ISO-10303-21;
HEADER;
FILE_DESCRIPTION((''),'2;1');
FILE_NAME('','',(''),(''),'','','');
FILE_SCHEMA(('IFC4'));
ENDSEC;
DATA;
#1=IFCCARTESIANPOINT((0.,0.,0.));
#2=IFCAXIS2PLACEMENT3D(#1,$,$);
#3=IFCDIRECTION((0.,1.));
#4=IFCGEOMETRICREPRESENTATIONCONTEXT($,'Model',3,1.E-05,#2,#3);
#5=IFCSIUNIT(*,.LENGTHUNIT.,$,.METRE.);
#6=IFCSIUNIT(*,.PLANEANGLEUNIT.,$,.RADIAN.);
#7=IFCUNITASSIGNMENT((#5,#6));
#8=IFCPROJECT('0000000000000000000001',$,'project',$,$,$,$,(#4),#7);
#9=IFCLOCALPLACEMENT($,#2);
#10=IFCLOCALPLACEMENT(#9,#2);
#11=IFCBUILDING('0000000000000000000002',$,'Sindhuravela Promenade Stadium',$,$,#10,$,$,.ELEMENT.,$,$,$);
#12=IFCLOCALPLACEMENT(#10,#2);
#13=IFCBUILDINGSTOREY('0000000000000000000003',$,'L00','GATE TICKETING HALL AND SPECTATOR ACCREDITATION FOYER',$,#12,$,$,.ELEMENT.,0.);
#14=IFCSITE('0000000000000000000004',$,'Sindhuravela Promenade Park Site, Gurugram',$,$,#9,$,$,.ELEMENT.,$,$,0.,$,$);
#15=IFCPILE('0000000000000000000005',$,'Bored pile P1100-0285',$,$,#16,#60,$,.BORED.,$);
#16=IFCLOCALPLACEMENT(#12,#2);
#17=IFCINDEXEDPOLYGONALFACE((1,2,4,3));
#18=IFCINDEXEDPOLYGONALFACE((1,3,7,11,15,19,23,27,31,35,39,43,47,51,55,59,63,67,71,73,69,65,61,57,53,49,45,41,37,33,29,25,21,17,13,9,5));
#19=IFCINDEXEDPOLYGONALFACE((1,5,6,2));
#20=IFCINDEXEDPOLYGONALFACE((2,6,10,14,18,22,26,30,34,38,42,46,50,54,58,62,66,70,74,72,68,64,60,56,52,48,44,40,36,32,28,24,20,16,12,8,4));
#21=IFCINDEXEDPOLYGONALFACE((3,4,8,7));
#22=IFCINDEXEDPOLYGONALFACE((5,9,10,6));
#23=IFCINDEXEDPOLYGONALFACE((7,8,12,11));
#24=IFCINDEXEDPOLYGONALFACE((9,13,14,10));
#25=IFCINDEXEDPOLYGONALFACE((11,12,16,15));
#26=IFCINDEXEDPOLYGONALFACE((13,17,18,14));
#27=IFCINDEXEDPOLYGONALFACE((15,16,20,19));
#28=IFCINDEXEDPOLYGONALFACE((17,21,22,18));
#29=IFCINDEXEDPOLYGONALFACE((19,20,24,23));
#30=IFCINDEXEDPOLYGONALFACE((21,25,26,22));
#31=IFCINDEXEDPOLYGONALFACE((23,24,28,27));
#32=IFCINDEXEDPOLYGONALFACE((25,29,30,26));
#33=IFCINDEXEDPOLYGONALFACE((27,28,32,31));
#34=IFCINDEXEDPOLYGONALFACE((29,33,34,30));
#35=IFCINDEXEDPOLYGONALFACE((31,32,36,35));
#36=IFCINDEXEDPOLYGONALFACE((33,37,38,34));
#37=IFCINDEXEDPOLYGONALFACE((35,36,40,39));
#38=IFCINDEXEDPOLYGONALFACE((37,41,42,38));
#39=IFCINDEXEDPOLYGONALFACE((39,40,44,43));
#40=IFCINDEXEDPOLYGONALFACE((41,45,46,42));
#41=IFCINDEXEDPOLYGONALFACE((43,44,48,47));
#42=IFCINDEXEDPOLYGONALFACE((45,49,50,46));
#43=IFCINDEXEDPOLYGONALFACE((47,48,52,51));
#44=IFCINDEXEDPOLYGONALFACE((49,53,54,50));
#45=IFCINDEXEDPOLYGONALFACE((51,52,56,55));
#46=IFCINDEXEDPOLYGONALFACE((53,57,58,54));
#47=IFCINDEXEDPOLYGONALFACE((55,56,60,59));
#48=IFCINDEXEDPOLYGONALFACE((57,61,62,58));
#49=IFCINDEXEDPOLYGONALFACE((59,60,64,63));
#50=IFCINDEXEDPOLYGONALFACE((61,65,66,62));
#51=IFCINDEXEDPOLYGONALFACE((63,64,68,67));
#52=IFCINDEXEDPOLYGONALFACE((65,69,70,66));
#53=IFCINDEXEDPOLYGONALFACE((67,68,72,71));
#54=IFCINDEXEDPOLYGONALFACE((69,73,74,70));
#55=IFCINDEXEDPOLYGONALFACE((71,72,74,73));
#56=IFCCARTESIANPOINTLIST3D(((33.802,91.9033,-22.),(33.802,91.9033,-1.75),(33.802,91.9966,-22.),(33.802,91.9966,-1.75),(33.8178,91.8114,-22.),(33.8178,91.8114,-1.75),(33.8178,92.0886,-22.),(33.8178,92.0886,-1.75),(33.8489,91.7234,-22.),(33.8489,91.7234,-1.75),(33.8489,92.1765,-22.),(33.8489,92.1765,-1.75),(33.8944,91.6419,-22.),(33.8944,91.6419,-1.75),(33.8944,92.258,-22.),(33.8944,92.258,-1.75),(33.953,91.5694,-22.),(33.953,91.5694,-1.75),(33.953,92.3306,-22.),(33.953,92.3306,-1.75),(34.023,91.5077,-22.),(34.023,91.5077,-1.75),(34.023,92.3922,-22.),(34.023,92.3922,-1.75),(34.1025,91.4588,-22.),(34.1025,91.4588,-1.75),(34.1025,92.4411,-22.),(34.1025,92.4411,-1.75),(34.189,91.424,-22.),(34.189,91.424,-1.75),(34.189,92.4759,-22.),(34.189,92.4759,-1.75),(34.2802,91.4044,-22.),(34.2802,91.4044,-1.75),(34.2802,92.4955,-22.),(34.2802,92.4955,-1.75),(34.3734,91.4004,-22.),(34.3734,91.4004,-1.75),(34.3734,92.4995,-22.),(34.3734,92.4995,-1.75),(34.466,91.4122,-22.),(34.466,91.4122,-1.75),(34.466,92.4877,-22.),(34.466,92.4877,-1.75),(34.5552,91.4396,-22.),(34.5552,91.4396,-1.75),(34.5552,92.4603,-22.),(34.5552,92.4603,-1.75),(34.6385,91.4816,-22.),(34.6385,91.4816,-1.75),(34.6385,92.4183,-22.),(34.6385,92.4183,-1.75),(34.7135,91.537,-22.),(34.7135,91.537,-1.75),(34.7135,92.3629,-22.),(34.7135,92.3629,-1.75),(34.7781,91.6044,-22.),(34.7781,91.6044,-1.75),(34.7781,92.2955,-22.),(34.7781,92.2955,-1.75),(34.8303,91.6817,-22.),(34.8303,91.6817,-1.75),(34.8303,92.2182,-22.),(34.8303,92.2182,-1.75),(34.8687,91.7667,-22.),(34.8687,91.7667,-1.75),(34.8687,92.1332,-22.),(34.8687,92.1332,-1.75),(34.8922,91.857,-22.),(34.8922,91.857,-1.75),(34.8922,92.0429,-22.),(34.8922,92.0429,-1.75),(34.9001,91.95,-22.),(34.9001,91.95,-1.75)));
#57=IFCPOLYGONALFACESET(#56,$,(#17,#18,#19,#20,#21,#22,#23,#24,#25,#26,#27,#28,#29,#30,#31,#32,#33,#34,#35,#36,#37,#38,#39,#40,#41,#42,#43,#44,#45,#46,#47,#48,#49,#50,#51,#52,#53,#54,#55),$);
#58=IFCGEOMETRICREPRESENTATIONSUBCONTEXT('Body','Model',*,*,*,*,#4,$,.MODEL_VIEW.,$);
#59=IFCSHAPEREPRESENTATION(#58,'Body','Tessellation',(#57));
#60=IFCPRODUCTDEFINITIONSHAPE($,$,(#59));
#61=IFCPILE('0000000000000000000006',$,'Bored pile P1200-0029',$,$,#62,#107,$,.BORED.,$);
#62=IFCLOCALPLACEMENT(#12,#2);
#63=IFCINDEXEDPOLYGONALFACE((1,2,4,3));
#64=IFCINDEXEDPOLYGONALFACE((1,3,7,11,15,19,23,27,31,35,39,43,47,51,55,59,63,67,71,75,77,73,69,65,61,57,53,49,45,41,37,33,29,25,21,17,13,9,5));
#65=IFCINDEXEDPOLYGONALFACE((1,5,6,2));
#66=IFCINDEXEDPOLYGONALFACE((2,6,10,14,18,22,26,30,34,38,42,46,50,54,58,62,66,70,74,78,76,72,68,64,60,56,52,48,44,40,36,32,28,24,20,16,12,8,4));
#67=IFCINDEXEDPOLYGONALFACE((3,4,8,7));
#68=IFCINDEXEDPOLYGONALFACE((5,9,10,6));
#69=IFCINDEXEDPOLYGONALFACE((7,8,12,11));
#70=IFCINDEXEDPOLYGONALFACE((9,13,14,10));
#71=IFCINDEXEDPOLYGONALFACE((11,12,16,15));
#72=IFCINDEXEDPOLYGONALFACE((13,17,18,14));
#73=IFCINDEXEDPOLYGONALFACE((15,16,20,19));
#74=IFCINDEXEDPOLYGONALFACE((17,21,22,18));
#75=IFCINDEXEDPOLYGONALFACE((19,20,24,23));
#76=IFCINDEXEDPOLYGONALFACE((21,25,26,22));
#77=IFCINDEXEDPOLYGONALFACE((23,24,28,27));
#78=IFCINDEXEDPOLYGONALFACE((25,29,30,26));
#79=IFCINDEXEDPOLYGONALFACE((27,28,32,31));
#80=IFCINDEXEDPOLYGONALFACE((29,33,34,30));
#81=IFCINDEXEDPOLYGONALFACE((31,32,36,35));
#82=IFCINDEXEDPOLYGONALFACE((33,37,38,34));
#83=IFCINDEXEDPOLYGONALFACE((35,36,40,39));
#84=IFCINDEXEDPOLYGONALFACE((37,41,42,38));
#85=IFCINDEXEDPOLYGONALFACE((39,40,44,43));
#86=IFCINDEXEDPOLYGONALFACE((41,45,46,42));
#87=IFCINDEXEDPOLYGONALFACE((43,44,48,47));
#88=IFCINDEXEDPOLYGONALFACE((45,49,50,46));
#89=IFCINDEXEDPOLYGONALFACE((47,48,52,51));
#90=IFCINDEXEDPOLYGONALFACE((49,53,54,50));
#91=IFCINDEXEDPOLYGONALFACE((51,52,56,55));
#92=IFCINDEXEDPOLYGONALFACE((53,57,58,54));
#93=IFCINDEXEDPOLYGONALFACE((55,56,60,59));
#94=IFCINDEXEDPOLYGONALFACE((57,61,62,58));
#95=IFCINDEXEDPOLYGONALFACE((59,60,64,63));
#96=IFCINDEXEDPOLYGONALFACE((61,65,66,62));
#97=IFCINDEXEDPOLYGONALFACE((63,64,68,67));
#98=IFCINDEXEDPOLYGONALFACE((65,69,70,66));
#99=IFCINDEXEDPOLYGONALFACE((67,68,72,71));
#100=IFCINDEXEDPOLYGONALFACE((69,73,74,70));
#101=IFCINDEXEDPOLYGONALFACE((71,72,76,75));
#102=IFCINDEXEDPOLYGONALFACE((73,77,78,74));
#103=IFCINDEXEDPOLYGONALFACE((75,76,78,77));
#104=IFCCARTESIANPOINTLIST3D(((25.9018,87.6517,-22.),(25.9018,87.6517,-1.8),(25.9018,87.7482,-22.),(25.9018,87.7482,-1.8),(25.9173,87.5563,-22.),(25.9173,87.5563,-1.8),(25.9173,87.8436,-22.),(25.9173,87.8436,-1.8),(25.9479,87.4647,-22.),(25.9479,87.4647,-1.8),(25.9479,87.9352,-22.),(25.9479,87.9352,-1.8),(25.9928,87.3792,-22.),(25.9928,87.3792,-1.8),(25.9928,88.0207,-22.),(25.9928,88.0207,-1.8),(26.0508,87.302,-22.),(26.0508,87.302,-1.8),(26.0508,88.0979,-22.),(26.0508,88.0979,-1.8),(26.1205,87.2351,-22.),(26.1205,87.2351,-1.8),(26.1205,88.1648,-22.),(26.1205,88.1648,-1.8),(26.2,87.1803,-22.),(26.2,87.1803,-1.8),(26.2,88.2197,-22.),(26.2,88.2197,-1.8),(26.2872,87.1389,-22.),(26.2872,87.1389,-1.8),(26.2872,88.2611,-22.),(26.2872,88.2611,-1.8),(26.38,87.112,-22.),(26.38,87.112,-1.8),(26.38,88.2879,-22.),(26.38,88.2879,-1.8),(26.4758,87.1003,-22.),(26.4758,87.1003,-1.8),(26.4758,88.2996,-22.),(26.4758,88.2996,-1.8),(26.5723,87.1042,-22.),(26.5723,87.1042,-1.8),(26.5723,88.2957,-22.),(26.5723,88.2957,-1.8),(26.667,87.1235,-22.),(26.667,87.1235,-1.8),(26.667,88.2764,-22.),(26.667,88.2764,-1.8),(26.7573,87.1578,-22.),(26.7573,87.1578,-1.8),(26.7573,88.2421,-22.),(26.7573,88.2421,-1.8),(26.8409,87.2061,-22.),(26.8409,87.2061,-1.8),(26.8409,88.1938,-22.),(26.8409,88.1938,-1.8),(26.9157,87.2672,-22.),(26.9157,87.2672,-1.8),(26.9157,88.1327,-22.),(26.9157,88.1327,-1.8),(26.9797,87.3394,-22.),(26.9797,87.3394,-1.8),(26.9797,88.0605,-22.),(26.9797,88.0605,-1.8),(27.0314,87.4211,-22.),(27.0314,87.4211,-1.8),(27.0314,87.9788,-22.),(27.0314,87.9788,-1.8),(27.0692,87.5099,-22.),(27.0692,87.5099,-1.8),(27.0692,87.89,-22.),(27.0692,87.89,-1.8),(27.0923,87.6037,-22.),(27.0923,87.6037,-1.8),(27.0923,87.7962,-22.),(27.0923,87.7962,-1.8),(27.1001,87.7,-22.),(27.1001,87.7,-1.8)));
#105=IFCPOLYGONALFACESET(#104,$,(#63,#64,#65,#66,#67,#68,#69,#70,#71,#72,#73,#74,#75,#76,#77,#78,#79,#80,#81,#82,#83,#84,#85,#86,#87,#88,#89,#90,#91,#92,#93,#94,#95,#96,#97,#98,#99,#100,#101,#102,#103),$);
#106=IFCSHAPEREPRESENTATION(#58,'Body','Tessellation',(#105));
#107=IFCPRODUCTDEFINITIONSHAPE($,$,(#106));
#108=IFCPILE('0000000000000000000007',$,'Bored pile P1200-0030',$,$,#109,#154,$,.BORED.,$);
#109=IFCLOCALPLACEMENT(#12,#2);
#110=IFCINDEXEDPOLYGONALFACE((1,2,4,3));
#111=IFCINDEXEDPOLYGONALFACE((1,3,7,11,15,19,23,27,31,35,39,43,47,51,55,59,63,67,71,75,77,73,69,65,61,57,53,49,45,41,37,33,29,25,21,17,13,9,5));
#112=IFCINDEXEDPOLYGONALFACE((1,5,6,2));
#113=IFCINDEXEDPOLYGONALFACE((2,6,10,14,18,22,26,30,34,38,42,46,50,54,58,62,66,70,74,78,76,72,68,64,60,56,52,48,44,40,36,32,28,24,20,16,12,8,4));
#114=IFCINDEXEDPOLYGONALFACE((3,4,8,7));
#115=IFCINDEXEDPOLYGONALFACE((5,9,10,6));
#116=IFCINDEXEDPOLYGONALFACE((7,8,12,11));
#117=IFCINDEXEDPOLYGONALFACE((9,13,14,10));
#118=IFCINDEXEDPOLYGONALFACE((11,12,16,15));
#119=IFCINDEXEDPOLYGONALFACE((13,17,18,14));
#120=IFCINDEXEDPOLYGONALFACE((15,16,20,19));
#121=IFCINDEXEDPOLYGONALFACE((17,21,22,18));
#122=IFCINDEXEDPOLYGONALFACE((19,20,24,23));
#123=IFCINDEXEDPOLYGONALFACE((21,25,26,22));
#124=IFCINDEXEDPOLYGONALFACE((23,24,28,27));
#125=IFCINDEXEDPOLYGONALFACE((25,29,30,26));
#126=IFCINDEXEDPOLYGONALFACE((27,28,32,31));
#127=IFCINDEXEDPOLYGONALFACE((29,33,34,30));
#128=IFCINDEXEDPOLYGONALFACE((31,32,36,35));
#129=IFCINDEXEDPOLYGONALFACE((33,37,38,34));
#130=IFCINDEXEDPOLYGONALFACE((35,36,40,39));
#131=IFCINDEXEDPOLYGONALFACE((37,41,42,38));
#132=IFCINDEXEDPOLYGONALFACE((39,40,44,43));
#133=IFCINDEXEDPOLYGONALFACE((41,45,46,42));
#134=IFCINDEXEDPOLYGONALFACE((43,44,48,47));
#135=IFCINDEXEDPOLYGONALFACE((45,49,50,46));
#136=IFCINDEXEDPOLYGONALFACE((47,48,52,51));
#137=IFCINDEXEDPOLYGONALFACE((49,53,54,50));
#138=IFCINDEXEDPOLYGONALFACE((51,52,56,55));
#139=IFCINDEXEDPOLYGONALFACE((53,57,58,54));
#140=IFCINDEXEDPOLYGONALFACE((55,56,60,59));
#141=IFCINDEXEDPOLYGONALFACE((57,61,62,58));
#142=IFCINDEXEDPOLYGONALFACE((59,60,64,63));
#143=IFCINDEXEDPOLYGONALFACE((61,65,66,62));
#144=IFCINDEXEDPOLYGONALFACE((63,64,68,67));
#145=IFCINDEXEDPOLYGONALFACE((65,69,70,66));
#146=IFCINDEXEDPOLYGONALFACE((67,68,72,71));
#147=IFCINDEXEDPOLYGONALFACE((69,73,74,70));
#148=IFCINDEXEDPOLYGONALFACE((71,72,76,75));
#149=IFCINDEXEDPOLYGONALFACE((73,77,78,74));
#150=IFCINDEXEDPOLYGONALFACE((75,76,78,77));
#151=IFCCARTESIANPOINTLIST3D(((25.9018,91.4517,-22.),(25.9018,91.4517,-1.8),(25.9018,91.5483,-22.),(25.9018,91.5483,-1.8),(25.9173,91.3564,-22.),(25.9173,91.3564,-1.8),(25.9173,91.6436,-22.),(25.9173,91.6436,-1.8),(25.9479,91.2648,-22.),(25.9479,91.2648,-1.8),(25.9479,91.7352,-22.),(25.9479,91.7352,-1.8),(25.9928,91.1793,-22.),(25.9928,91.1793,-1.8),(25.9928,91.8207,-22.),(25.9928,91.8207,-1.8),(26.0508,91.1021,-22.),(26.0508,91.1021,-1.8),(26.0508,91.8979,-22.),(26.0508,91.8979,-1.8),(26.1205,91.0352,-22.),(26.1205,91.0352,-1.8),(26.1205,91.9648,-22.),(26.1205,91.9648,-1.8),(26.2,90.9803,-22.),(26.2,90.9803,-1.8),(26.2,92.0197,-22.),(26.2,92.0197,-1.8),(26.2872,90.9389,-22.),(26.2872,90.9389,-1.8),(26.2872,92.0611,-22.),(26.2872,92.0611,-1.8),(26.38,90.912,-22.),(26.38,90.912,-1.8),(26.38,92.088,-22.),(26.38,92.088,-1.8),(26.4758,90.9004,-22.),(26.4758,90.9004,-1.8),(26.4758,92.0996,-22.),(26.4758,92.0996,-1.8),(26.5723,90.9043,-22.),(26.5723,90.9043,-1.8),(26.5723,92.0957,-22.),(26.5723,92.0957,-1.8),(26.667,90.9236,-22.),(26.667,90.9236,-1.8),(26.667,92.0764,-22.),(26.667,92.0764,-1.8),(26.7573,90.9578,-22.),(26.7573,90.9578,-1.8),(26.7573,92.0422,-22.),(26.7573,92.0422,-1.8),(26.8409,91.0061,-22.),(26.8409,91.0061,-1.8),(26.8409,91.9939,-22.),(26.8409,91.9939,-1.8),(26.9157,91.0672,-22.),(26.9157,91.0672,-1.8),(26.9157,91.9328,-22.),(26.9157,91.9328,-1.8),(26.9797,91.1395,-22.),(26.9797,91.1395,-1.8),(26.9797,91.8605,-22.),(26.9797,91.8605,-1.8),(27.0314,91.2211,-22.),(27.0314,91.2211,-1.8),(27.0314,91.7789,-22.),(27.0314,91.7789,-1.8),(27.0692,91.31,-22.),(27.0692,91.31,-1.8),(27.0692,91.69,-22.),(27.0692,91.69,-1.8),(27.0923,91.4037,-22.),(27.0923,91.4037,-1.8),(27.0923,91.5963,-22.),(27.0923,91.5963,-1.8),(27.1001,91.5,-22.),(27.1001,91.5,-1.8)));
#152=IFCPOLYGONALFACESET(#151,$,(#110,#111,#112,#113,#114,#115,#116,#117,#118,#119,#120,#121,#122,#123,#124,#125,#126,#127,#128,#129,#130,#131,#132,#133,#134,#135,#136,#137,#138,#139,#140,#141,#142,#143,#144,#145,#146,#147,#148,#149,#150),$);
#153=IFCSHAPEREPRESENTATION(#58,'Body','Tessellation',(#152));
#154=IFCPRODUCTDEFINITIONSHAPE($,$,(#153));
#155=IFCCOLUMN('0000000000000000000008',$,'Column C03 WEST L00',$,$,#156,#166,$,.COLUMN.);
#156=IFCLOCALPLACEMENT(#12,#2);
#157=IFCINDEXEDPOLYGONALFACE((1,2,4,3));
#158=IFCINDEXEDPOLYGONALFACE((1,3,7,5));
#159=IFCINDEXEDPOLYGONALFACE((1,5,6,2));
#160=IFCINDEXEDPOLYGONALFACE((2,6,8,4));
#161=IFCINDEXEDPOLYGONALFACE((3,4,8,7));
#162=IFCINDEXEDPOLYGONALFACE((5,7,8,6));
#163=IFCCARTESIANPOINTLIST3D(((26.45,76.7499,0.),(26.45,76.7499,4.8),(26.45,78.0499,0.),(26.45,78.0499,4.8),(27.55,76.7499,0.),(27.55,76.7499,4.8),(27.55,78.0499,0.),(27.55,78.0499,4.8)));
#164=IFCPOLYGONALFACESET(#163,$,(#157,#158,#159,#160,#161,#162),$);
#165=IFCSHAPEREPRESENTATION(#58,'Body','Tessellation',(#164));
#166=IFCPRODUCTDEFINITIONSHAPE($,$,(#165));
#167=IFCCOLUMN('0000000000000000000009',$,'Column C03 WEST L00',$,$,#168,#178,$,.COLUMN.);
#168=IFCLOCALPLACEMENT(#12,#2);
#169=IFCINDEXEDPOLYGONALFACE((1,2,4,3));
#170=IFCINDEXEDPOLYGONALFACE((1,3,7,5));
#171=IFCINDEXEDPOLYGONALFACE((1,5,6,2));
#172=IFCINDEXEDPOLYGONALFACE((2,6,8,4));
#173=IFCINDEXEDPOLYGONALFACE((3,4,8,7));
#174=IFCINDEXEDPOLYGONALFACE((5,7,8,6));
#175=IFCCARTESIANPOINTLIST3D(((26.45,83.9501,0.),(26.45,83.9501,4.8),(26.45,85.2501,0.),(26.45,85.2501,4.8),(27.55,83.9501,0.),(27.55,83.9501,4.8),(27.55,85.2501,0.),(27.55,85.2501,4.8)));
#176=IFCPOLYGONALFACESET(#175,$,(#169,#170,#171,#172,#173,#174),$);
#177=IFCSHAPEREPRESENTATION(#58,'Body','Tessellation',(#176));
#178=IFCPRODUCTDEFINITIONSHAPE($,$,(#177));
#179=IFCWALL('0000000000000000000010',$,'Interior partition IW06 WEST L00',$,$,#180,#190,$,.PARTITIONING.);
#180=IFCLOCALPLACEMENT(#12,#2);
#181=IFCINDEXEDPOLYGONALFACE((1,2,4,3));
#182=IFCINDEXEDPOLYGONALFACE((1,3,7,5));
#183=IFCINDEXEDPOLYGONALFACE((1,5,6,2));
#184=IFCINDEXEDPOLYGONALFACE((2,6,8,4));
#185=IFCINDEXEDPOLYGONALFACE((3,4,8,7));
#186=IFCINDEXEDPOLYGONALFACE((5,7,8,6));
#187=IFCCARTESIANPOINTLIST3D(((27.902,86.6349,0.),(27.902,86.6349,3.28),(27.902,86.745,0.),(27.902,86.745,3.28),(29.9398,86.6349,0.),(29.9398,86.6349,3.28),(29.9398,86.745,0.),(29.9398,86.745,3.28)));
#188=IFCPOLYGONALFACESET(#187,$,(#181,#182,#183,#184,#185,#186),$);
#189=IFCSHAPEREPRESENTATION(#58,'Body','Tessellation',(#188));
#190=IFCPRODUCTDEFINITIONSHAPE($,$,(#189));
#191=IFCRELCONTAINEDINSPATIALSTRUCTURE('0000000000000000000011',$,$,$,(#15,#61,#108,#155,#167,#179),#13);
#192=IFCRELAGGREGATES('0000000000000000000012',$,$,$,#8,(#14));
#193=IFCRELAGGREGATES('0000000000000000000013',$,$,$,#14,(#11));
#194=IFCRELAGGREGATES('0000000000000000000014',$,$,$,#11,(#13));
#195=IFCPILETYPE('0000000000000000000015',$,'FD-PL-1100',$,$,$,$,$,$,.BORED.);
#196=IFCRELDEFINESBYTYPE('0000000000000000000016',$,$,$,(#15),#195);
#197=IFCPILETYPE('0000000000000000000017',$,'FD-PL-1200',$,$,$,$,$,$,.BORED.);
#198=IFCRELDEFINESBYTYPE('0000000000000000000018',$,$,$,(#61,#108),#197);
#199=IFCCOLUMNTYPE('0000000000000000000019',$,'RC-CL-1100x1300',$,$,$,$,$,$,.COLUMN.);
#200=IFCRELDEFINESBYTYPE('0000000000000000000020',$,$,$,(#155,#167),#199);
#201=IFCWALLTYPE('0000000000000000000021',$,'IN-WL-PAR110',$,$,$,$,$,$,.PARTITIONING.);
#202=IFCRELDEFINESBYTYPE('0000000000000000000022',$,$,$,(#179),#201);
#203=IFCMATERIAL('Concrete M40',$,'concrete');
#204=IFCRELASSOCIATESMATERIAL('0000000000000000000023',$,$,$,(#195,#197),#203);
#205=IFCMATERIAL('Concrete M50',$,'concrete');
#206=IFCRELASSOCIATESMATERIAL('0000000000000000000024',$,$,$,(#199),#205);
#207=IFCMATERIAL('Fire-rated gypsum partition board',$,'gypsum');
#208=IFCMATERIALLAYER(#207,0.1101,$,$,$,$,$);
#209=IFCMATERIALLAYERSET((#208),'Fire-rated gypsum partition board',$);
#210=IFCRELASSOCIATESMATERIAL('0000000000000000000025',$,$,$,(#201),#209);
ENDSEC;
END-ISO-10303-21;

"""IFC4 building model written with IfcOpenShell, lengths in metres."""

from ifc_helpers import new_model, si_unit, direction, frame, frame_2d, origin, origin_2d, place, context, subcontext, project, spatial, rectangle, circle, extrude, material, layer, layer_set, material_profile, profile_set, type_object, element, save


model = new_model("IFC4")

# Units and contexts
model_context = context("Model", 3, precision=1e-05, world=origin(), true_north=direction((0.0, 1.0)))
body_context = subcontext(model_context, "Body", "Model", "MODEL_VIEW")
ifc_project = project(units=[si_unit("LENGTHUNIT", "METRE"), si_unit("PLANEANGLEUNIT", "RADIAN")], contexts=[model_context])

# Site, building, storey
site_placement = place(None, origin())
site = spatial("IfcSite", under=ifc_project, at=site_placement, Name="Sindhuravela Promenade Park Site, Gurugram", CompositionType="ELEMENT", RefElevation=0.0)
building_placement = place(site_placement, origin())
building = spatial("IfcBuilding", under=site, at=building_placement, Name="Sindhuravela Promenade Stadium", CompositionType="ELEMENT")
storey_placement = place(building_placement, origin())
storey = spatial("IfcBuildingStorey", under=building, at=storey_placement, Name="L00", Description="GATE TICKETING HALL AND SPECTATOR ACCREDITATION FOYER", CompositionType="ELEMENT", Elevation=0.0)

# Shared definitions
ifc_material_1 = material(Name="Concrete M50", Category="concrete")

# Piles
ifc_material_2 = material(Name="Concrete M40", Category="concrete")
ifc_material_profile_1 = material_profile(ifc_material_2, circle(Radius=0.55, at=origin_2d()), Name="BORED PILE D1100")
ifc_profile_set_1 = profile_set([ifc_material_profile_1], Name="Concrete M40")
pile_type_1 = type_object("IfcPileType", Name="FD-PL-1100", PredefinedType="BORED", material=ifc_profile_set_1)
for number, where, z_axis, x_axis, name in (
    (1, (34.3501, 91.95, -1.75), (0.0, 0.0, -1.0), (1.0, 0.0, 0.0), "Bored pile P1100-0285"),
):
    element("IfcPile", number, at=place(storey_placement, frame(where, z_axis=z_axis, x_axis=x_axis)), inside=storey, type_object=pile_type_1, Name=name, PredefinedType="BORED", context=body_context, shape_type="SweptSolid", body=[
        extrude(circle(Radius=0.55, at=origin_2d()), origin(), (0.0, 0.0, 1.0), 20.25),
    ])
ifc_material_profile_2 = material_profile(ifc_material_2, circle(Radius=0.6001, at=origin_2d()), Name="BORED PILE D1200")
ifc_profile_set_2 = profile_set([ifc_material_profile_2], Name="Concrete M40")
pile_type_2 = type_object("IfcPileType", Name="FD-PL-1200", PredefinedType="BORED", material=ifc_profile_set_2)
for number, where, z_axis, x_axis, name in (
    (2, (26.5, 87.7, -1.8), (0.0, 0.0, -1.0), (1.0, 0.0, 0.0), "Bored pile P1200-0029"),
    (3, (26.5, 91.5, -1.8), (0.0, 0.0, -1.0), (1.0, 0.0, 0.0), "Bored pile P1200-0030"),
):
    element("IfcPile", number, at=place(storey_placement, frame(where, z_axis=z_axis, x_axis=x_axis)), inside=storey, type_object=pile_type_2, Name=name, PredefinedType="BORED", context=body_context, shape_type="SweptSolid", body=[
        extrude(circle(Radius=0.6001, at=origin_2d()), origin(), (0.0, 0.0, 1.0), 20.2),
    ])

# Columns
ifc_material_profile_3 = material_profile(ifc_material_1, rectangle(XDim=1.1001, YDim=1.3, at=origin_2d()), Name="RC 1100x1300")
ifc_profile_set_3 = profile_set([ifc_material_profile_3], Name="Concrete M50")
column_type = type_object("IfcColumnType", Name="RC-CL-1100x1300", PredefinedType="COLUMN", material=ifc_profile_set_3)
for number, where, z_axis, x_axis, name in (
    (4, (27.0, 77.3999, 0.0), (0.0, 0.0, 1.0), (1.0, 0.0, 0.0), "Column C03 WEST L00"),
    (5, (27.0, 84.6001, 0.0), (0.0, 0.0, 1.0), (1.0, 0.0, 0.0), "Column C03 WEST L00"),
):
    element("IfcColumn", number, at=place(storey_placement, frame(where, z_axis=z_axis, x_axis=x_axis)), inside=storey, type_object=column_type, Name=name, PredefinedType="COLUMN", context=body_context, shape_type="SweptSolid", body=[
        extrude(rectangle(XDim=1.1001, YDim=1.3, at=origin_2d()), origin(), (0.0, 0.0, 1.0), 4.8),
    ])

# Wall
ifc_material_3 = material(Name="Fire-rated gypsum partition board", Category="gypsum")
ifc_layer_1 = layer(ifc_material_3, 0.1101)
ifc_layer_set_1 = layer_set([ifc_layer_1], Name="Fire-rated gypsum partition board")
wall_type_1 = type_object("IfcWallType", Name="IN-WL-PAR110", PredefinedType="PARTITIONING", material=ifc_layer_set_1)
wall_1_placement = place(storey_placement, frame((29.9399, 86.6899, 0.0), z_axis=(0.0, 0.0, 1.0), x_axis=(-1.0, 0.0, 0.0)))
element("IfcWall", 6, at=wall_1_placement, inside=storey, type_object=wall_type_1, Name="Interior partition IW06 WEST L00", PredefinedType="PARTITIONING", context=body_context, shape_type="SweptSolid", body=[
    extrude(rectangle(XDim=2.0378, YDim=0.1101, at=frame_2d((1.019, 0.0))), origin(), (0.0, 0.0, 1.0), 3.28),
])

save(model, "model.ifc")
